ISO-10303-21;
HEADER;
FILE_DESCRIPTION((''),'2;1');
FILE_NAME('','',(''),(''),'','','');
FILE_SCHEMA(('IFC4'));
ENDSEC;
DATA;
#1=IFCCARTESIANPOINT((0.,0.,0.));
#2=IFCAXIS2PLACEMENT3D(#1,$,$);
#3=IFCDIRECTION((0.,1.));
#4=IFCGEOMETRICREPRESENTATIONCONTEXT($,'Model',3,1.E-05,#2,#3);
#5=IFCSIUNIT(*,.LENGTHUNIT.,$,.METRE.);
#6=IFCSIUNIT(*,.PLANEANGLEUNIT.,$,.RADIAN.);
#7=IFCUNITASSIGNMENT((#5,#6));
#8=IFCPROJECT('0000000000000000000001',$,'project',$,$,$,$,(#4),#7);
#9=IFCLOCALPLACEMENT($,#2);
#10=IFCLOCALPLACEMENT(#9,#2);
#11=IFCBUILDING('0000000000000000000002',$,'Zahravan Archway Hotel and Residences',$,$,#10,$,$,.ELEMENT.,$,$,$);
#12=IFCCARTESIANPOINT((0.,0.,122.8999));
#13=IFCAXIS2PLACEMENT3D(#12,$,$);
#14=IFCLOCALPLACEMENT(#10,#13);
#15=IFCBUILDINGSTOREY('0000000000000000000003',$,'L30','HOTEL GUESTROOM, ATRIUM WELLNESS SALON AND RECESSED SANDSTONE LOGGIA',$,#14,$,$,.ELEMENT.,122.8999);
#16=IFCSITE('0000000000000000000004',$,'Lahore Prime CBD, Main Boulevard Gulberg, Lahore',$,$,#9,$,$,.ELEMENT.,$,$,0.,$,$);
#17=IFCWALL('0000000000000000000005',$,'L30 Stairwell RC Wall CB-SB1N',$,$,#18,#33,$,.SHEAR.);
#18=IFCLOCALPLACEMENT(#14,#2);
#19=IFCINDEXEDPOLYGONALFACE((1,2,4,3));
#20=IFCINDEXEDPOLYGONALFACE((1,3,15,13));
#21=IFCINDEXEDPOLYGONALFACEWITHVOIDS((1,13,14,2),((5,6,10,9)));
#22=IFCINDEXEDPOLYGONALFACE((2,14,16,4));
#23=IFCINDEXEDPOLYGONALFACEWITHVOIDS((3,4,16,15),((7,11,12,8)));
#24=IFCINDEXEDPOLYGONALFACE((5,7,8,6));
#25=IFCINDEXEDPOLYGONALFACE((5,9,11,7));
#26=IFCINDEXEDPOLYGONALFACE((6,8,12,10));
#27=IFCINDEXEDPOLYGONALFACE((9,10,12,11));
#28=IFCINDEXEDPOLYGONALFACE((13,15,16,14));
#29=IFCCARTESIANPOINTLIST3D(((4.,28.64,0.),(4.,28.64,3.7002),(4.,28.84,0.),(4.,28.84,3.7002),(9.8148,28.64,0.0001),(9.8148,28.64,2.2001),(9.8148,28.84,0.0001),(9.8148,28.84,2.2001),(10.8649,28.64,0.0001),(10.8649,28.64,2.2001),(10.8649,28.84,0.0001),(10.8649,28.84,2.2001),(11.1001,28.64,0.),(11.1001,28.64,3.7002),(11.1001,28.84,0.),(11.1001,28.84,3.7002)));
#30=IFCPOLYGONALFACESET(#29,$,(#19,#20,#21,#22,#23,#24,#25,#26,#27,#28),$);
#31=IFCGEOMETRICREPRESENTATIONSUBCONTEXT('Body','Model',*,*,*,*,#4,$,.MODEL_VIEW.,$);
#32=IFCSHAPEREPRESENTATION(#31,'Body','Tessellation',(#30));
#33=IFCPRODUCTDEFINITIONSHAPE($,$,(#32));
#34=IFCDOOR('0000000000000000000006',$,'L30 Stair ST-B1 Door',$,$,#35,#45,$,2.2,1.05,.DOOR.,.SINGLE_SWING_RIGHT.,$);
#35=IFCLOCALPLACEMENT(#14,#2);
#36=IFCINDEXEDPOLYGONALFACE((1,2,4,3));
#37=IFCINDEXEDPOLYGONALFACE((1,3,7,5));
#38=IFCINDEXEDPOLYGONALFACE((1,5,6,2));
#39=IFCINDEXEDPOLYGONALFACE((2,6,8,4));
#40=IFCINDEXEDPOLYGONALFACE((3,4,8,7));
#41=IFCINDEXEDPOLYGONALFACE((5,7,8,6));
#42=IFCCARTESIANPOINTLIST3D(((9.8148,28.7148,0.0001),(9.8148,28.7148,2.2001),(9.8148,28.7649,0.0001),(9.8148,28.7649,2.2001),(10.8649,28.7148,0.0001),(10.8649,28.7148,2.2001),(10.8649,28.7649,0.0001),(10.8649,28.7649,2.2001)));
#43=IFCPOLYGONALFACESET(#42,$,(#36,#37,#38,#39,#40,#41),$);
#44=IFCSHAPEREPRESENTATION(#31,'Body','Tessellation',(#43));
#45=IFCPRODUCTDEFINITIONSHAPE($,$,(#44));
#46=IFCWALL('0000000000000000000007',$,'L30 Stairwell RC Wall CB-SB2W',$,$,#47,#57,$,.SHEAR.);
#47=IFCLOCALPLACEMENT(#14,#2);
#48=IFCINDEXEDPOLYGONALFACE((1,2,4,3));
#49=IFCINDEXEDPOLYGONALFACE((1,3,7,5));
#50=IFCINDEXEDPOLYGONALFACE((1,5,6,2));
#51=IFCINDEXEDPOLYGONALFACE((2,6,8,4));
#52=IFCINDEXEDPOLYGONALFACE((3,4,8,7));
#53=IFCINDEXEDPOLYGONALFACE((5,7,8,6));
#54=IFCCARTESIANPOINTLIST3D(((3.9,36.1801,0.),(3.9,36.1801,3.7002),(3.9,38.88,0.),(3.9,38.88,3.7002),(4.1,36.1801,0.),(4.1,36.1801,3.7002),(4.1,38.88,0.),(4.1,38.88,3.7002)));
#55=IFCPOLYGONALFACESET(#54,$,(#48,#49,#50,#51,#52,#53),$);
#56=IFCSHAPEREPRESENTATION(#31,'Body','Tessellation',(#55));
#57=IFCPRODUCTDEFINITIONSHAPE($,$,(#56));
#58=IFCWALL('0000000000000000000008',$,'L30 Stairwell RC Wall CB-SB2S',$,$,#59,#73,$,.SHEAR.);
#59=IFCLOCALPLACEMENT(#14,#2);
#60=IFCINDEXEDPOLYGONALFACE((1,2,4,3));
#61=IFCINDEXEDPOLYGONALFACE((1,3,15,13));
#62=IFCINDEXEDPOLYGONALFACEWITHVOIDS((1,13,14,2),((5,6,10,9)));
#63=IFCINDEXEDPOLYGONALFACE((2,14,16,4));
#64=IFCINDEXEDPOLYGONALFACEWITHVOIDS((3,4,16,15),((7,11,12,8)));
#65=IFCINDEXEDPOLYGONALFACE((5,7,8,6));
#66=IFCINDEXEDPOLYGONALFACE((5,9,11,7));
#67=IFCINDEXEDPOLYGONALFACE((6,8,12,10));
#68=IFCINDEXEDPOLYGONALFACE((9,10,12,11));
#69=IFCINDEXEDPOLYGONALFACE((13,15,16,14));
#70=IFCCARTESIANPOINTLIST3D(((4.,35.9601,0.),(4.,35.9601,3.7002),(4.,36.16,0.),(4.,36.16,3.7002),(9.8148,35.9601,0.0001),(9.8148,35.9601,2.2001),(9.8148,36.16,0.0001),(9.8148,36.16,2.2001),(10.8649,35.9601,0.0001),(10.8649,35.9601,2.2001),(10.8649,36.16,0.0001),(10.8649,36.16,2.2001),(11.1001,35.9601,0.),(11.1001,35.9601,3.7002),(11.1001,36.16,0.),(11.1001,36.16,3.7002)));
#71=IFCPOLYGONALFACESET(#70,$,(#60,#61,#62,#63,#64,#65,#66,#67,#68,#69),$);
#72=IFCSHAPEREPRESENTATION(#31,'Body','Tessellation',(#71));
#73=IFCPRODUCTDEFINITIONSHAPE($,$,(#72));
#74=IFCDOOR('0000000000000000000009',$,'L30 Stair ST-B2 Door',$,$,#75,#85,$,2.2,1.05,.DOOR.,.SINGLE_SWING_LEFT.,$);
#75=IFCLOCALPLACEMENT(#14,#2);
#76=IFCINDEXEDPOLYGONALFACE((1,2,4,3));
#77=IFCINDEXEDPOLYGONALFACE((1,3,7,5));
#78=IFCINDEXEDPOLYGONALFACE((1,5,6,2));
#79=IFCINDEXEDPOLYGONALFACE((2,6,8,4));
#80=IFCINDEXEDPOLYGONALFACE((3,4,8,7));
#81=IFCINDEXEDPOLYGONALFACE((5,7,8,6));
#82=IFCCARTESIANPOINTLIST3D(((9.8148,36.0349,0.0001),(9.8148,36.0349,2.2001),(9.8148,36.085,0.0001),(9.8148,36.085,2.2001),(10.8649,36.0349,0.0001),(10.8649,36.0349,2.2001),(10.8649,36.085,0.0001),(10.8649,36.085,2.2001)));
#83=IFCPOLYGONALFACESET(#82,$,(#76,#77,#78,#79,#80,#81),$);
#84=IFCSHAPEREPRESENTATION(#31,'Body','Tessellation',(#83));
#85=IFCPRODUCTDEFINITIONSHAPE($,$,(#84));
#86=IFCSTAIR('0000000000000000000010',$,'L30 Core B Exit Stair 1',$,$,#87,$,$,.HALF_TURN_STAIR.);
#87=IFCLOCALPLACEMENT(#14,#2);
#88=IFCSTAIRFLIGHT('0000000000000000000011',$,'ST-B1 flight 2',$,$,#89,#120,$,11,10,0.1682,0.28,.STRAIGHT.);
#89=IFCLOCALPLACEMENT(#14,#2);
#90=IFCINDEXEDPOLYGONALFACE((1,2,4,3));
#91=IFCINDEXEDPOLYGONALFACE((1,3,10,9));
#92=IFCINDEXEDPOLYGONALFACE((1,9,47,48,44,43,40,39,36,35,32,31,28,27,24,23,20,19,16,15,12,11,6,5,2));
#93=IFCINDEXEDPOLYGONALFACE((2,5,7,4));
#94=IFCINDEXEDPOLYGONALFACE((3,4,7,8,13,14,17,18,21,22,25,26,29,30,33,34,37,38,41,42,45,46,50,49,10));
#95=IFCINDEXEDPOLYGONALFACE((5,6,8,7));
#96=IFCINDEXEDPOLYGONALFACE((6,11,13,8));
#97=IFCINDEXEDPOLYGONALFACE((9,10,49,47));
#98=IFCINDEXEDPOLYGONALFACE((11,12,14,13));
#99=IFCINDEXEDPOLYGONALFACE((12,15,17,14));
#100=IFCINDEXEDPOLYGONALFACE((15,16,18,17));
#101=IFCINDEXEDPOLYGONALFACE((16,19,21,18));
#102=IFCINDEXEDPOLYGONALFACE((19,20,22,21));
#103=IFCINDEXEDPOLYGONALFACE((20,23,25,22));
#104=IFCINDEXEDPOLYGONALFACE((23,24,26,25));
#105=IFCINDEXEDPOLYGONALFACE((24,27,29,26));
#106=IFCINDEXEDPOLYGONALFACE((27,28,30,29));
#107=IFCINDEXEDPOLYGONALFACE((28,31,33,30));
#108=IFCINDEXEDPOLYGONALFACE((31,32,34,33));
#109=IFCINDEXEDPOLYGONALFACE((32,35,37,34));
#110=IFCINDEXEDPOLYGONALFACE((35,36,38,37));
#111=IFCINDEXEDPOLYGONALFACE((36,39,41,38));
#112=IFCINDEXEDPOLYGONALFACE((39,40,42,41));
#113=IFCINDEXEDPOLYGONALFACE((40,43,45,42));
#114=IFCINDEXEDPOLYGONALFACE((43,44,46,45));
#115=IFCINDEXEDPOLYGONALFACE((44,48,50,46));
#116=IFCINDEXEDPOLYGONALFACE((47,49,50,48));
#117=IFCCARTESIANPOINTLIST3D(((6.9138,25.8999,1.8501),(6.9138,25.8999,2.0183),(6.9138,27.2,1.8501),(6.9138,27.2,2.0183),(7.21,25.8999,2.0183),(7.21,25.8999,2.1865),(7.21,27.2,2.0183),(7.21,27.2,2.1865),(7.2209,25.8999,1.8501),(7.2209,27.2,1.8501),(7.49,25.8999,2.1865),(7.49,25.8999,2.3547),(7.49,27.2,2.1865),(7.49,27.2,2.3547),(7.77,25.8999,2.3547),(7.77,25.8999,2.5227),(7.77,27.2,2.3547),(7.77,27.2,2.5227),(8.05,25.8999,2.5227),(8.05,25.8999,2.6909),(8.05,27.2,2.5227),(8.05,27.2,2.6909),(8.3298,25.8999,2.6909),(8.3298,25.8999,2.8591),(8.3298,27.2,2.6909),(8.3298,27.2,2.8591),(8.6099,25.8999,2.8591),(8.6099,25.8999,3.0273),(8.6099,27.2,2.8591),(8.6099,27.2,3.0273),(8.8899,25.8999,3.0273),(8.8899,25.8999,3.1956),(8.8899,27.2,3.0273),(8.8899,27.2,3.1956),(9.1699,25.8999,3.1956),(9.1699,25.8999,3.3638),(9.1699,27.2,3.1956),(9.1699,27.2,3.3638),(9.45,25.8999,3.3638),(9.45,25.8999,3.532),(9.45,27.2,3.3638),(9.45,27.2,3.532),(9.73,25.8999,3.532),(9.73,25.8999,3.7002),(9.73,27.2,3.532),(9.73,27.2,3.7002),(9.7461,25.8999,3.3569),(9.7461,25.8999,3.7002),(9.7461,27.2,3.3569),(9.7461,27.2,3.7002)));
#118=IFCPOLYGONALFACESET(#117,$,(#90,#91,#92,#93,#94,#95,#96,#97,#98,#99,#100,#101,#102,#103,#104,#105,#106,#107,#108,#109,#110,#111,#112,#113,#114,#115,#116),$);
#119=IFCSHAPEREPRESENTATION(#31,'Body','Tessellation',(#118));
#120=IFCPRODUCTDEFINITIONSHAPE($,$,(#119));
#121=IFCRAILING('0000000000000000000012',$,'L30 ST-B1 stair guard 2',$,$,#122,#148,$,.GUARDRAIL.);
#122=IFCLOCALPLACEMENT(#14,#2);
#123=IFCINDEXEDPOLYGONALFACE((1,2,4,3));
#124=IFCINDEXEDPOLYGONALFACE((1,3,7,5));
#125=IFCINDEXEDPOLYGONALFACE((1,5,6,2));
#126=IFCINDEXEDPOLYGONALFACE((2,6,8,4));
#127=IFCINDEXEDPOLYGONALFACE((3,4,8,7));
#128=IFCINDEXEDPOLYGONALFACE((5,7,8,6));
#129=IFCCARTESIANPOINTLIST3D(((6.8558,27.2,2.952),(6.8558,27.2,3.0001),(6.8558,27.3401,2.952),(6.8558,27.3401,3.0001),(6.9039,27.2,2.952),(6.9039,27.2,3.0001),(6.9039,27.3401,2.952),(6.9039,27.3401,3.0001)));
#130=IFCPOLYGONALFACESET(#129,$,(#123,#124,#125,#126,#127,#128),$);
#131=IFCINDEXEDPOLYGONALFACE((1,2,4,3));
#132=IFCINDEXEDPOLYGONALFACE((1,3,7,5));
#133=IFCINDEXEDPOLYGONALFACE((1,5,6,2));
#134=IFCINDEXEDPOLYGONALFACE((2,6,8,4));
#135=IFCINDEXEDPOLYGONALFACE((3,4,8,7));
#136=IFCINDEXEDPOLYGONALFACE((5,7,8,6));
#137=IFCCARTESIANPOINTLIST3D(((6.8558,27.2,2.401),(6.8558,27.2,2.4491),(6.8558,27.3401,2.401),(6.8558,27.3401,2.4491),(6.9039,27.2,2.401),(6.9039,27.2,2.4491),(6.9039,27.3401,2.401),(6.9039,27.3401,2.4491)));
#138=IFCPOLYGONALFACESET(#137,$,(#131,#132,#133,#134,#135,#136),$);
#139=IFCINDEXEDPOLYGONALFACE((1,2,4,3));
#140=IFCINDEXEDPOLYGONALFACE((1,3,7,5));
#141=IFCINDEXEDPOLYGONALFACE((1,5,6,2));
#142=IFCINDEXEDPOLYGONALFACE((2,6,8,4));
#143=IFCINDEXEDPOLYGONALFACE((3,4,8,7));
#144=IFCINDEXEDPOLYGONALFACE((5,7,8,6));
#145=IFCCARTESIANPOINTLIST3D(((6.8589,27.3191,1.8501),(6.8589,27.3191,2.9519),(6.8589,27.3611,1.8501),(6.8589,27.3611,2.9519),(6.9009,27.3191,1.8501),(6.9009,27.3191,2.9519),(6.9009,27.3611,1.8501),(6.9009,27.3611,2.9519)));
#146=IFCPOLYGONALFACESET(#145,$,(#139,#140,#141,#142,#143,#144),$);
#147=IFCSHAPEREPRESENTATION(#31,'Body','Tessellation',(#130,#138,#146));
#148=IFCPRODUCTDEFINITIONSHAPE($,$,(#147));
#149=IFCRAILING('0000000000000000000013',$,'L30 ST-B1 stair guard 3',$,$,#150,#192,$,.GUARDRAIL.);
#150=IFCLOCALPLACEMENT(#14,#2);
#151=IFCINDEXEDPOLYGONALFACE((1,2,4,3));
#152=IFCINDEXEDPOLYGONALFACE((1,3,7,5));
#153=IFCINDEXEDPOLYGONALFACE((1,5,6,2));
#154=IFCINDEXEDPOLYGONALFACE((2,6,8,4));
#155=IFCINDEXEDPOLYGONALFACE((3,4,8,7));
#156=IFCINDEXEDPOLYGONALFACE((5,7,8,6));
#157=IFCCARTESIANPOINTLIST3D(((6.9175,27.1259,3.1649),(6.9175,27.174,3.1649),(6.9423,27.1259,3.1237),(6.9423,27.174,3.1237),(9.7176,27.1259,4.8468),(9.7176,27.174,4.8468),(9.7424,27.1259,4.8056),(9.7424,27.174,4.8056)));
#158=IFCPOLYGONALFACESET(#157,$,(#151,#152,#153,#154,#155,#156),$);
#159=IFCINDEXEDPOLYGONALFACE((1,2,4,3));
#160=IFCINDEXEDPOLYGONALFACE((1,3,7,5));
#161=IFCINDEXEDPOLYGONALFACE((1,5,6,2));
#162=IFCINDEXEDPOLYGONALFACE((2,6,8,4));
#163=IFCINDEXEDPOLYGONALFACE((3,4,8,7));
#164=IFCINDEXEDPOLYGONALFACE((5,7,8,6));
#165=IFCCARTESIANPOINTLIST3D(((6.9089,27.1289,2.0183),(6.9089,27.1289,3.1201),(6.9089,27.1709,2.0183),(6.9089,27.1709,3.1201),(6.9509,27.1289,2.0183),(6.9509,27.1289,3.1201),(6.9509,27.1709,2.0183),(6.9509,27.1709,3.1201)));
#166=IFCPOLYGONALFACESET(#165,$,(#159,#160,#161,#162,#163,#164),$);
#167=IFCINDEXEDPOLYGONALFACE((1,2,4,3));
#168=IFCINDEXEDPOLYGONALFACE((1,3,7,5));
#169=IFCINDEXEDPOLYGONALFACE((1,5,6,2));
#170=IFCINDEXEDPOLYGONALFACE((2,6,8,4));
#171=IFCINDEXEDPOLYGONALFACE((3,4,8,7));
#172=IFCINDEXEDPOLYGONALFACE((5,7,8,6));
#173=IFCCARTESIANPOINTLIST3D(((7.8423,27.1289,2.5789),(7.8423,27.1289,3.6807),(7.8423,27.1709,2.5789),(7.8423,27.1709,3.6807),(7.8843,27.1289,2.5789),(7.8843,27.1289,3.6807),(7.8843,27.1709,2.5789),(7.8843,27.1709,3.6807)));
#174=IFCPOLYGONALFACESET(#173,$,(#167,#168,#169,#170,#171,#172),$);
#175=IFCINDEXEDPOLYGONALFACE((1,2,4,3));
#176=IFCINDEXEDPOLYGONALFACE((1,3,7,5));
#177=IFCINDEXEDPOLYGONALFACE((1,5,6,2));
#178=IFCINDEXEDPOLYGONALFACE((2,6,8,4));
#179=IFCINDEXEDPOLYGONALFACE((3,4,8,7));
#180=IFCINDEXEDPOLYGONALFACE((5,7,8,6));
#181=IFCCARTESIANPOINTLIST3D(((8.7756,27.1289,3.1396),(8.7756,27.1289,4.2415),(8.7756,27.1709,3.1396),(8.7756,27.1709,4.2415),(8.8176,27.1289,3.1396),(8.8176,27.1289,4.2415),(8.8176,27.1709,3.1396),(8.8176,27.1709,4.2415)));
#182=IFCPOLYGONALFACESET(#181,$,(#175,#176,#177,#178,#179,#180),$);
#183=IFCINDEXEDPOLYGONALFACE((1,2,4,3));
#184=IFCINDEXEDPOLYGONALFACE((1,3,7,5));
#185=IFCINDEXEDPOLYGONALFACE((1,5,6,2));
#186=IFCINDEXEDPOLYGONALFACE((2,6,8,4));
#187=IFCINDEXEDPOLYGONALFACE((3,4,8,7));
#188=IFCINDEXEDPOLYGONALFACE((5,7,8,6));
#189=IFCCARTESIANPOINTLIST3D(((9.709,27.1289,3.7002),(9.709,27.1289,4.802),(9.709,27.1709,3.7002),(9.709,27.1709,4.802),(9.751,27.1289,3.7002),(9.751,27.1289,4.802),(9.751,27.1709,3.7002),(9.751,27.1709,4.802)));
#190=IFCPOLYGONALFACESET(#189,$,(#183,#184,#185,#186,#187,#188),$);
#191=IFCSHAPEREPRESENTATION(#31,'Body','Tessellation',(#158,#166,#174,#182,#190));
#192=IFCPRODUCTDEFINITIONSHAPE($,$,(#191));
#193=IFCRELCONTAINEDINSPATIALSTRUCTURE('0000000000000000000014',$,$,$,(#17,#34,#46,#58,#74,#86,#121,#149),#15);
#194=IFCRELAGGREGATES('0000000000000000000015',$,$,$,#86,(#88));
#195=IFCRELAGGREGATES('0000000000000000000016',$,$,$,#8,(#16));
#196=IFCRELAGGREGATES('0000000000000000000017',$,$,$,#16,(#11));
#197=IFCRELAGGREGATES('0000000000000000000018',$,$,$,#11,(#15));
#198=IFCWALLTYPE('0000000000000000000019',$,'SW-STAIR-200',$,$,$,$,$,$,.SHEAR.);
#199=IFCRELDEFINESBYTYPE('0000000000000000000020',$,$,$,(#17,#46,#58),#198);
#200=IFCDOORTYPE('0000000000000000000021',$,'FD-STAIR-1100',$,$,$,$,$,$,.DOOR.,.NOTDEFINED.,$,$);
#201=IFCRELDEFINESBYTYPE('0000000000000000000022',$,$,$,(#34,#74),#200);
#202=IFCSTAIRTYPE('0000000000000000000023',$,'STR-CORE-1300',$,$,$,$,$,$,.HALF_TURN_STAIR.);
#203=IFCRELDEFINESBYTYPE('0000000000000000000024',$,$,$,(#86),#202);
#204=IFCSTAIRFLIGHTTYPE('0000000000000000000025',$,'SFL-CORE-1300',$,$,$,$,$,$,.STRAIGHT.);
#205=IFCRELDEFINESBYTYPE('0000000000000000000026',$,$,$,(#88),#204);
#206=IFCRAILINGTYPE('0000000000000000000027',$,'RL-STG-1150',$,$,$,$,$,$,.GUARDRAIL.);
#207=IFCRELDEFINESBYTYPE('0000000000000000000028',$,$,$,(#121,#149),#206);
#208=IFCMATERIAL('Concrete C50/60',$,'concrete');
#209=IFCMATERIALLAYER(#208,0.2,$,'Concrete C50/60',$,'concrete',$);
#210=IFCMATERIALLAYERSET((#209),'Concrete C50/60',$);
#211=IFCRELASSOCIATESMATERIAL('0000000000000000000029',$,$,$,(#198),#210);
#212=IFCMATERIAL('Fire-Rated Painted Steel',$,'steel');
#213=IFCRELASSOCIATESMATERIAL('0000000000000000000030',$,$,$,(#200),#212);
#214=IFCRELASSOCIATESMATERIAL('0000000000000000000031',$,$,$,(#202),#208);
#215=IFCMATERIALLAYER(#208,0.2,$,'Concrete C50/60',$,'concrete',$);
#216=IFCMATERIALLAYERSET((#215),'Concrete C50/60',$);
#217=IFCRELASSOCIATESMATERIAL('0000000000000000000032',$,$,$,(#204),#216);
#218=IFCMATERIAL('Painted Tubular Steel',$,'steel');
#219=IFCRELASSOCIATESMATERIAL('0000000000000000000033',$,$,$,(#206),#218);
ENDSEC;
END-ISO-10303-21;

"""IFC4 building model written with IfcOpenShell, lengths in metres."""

from ifc_helpers import new_model, si_unit, direction, frame, frame_2d, origin, origin_2d, place, context, subcontext, project, spatial, polyline, rectangle, outline, extrude, source, transform, mapped, material, layer, layer_set, type_object, type_shapes, element, fill, aggregate, save


model = new_model("IFC4")

# Units and contexts
model_context = context("Model", 3, precision=1e-05, world=origin(), true_north=direction((0.0, 1.0)))
body_context = subcontext(model_context, "Body", "Model", "MODEL_VIEW")
ifc_project = project(units=[si_unit("LENGTHUNIT", "METRE"), si_unit("PLANEANGLEUNIT", "RADIAN")], contexts=[model_context])

# Site, building, storey
site_placement = place(None, origin())
site = spatial("IfcSite", under=ifc_project, at=site_placement, Name="Lahore Prime CBD, Main Boulevard Gulberg, Lahore", CompositionType="ELEMENT", RefElevation=0.0)
building_placement = place(site_placement, origin())
building = spatial("IfcBuilding", under=site, at=building_placement, Name="Zahravan Archway Hotel and Residences", CompositionType="ELEMENT")
storey_placement = place(building_placement, frame((0.0, 0.0, 122.8999)))
storey = spatial("IfcBuildingStorey", under=building, at=storey_placement, Name="L30", Description="HOTEL GUESTROOM, ATRIUM WELLNESS SALON AND RECESSED SANDSTONE LOGGIA", CompositionType="ELEMENT", Elevation=122.8999)

# Shared definitions
ifc_material_1 = material(Name="Fire-Rated Painted Steel", Category="steel")

# Shared definitions
ifc_material_2 = material(Name="Concrete C50/60", Category="concrete")
ifc_layer_1 = layer(ifc_material_2, 0.2, Name="Concrete C50/60", Category="concrete")
ifc_layer_set_1 = layer_set([ifc_layer_1], Name="Concrete C50/60")
wall_type_1 = type_object("IfcWallType", Name="SW-STAIR-200", PredefinedType="SHEAR", material=ifc_layer_set_1)

# Wall, opening, door
wall_1_placement = place(storey_placement, frame((4.0, 28.74, 0.0), z_axis=(0.0, 0.0, 1.0), x_axis=(1.0, 0.0, 0.0)))
wall_1 = element("IfcWall", 1, at=wall_1_placement, inside=storey, type_object=wall_type_1, Name="L30 Stairwell RC Wall CB-SB1N", PredefinedType="SHEAR", context=body_context, shape_type="SweptSolid", body=[
    extrude(rectangle(XDim=7.1001, YDim=0.2, at=frame_2d((3.55, 0.0))), origin(), (0.0, 0.0, 1.0), 3.7002),
])
opening_1_placement = place(wall_1_placement, frame((5.8149, 0.0, 0.0)))
opening_1 = element("IfcOpeningElement", 2, at=opening_1_placement, cuts=wall_1, PredefinedType="OPENING", context=body_context, shape_type="SweptSolid", body=[
    extrude(rectangle(XDim=1.05, YDim=2.2, at=frame_2d((0.5249, 1.1001))), frame((0.0, 0.1099, 0.0), z_axis=(0.0, -1.0, 0.0), x_axis=(1.0, 0.0, 0.0)), (0.0, 0.0, 1.0), 0.22),
])
door_type_1 = type_object("IfcDoorType", Name="FD-STAIR-1100", OperationType="NOTDEFINED", PredefinedType="DOOR", material=ifc_material_1)
shared_shape_1 = source(origin(), body_context, "Body", "SweptSolid", [
    extrude(rectangle(XDim=1.05, YDim=2.2, at=frame_2d((0.5249, 1.1001))), frame((0.0, 0.0249, 0.0), z_axis=(0.0, -1.0, 0.0), x_axis=(1.0, 0.0, 0.0)), (0.0, 0.0, 1.0), 0.05),
])
type_shapes(door_type_1, [shared_shape_1])
door_1_placement = place(opening_1_placement, origin())
door_1 = element("IfcDoor", 3, at=door_1_placement, inside=storey, type_object=door_type_1, Name="L30 Stair ST-B1 Door", OperationType="SINGLE_SWING_RIGHT", OverallHeight=2.2, OverallWidth=1.05, PredefinedType="DOOR", context=body_context, shape_type="MappedRepresentation", body=[
    mapped(shared_shape_1, transform((0.0, 0.0, 0.0), scale=1.0)),
])
fill(opening_1, door_1)

# Wall
wall_2_placement = place(storey_placement, frame((4.0, 36.1799, 0.0), z_axis=(0.0, 0.0, 1.0), x_axis=(0.0, 1.0, 0.0)))
element("IfcWall", 4, at=wall_2_placement, inside=storey, type_object=wall_type_1, Name="L30 Stairwell RC Wall CB-SB2W", PredefinedType="SHEAR", context=body_context, shape_type="SweptSolid", body=[
    extrude(rectangle(XDim=2.7, YDim=0.2, at=frame_2d((1.3501, 0.0))), origin(), (0.0, 0.0, 1.0), 3.7002),
])

# Wall, opening, door
wall_3_placement = place(storey_placement, frame((4.0, 36.0601, 0.0), z_axis=(0.0, 0.0, 1.0), x_axis=(1.0, 0.0, 0.0)))
wall_3 = element("IfcWall", 5, at=wall_3_placement, inside=storey, type_object=wall_type_1, Name="L30 Stairwell RC Wall CB-SB2S", PredefinedType="SHEAR", context=body_context, shape_type="SweptSolid", body=[
    extrude(rectangle(XDim=7.1001, YDim=0.2, at=frame_2d((3.55, 0.0))), origin(), (0.0, 0.0, 1.0), 3.7002),
])
opening_2_placement = place(wall_3_placement, frame((5.8149, 0.0, 0.0)))
opening_2 = element("IfcOpeningElement", 6, at=opening_2_placement, cuts=wall_3, PredefinedType="OPENING", context=body_context, shape_type="SweptSolid", body=[
    extrude(rectangle(XDim=1.05, YDim=2.2, at=frame_2d((0.5249, 1.1001))), frame((0.0, 0.1099, 0.0), z_axis=(0.0, -1.0, 0.0), x_axis=(1.0, 0.0, 0.0)), (0.0, 0.0, 1.0), 0.22),
])
door_2_placement = place(opening_2_placement, origin())
door_2 = element("IfcDoor", 7, at=door_2_placement, inside=storey, type_object=door_type_1, Name="L30 Stair ST-B2 Door", OperationType="SINGLE_SWING_LEFT", OverallHeight=2.2, OverallWidth=1.05, PredefinedType="DOOR", context=body_context, shape_type="MappedRepresentation", body=[
    mapped(shared_shape_1, transform((0.0, 0.0, 0.0), scale=1.0)),
])
fill(opening_2, door_2)

# Stair, stair flight
stair_type = type_object("IfcStairType", Name="STR-CORE-1300", PredefinedType="HALF_TURN_STAIR", material=ifc_material_2)
stair_placement = place(storey_placement, origin())
stair = element("IfcStair", 8, at=stair_placement, inside=storey, type_object=stair_type, Name="L30 Core B Exit Stair 1", PredefinedType="HALF_TURN_STAIR")
ifc_layer_2 = layer(ifc_material_2, 0.2, Name="Concrete C50/60", Category="concrete")
ifc_layer_set_2 = layer_set([ifc_layer_2], Name="Concrete C50/60")
stair_flight_type = type_object("IfcStairFlightType", Name="SFL-CORE-1300", PredefinedType="STRAIGHT", material=ifc_layer_set_2)
shared_shape_2 = source(origin(), body_context, "Body", "SweptSolid", [
    extrude(outline(polyline([(-0.0161, 0.0), (-0.0161, 0.1682), (0.28, 0.1682), (0.28, 0.3364), (0.5601, 0.3364), (0.5601, 0.5046), (0.8401, 0.5046), (0.8401, 0.6726), (1.1201, 0.6726), (1.1201, 0.8408), (1.3999, 0.8408), (1.3999, 1.009), (1.6799, 1.009), (1.6799, 1.1772), (1.96, 1.1772), (1.96, 1.3455), (2.24, 1.3455), (2.24, 1.5137), (2.52, 1.5137), (2.52, 1.6819), (2.8, 1.6819), (2.8, 1.8501), (2.8162, 1.8501), (2.8162, 1.5068), (0.291, 0.0), (-0.0161, 0.0)])), frame((0.0, 0.6499, 0.0), z_axis=(0.0, -1.0, 0.0), x_axis=(1.0, 0.0, 0.0)), (0.0, 0.0, 1.0), 1.3),
])
stair_flight_placement = place(storey_placement, frame((6.9299, 26.55, 1.8501), z_axis=(0.0, 0.0, 1.0), x_axis=(1.0, 0.0, 0.0)))
stair_flight = element("IfcStairFlight", 9, at=stair_flight_placement, type_object=stair_flight_type, Name="ST-B1 flight 2", NumberOfRisers=11, NumberOfTreads=10, PredefinedType="STRAIGHT", RiserHeight=0.1682, TreadLength=0.28, context=body_context, shape_type="MappedRepresentation", body=[
    mapped(shared_shape_2, transform((0.0, 0.0, 0.0), scale=1.0)),
])
aggregate(stair, [stair_flight])

# Railings
ifc_material_3 = material(Name="Painted Tubular Steel", Category="steel")
railing_type_1 = type_object("IfcRailingType", Name="RL-STG-1150", PredefinedType="GUARDRAIL", material=ifc_material_3)
railing_1_placement = place(storey_placement, frame((6.8799, 27.3401, 1.8501)))
element("IfcRailing", 10, at=railing_1_placement, inside=storey, type_object=railing_type_1, Name="L30 ST-B1 stair guard 2", PredefinedType="GUARDRAIL", context=body_context, shape_type="SweptSolid", body=[
    extrude(rectangle(XDim=0.0481, YDim=0.0481, at=origin_2d()), frame((0.0, 0.0, 1.126), z_axis=(0.0, -1.0, 0.0), x_axis=(1.0, 0.0, 0.0)), (0.0, 0.0, 1.0), 0.1401),
    extrude(rectangle(XDim=0.0481, YDim=0.0481, at=origin_2d()), frame((0.0, 0.0, 0.575), z_axis=(0.0, -1.0, 0.0), x_axis=(1.0, 0.0, 0.0)), (0.0, 0.0, 1.0), 0.1401),
    extrude(rectangle(XDim=0.042, YDim=0.042, at=origin_2d()), origin(), (0.0, 0.0, 1.0), 1.1018),
])
railing_2_placement = place(storey_placement, frame((6.9299, 27.1499, 2.0183)))
element("IfcRailing", 11, at=railing_2_placement, inside=storey, type_object=railing_type_1, Name="L30 ST-B1 stair guard 3", PredefinedType="GUARDRAIL", context=body_context, shape_type="SweptSolid", body=[
    extrude(rectangle(XDim=0.0481, YDim=0.0481, at=origin_2d()), frame((0.0, 0.0, 1.126), z_axis=(0.857242, 0.0, 0.514913), x_axis=(0.0, 1.0, 0.0)), (0.0, 0.0, 1.0), 3.2664),
    extrude(rectangle(XDim=0.042, YDim=0.042, at=origin_2d()), origin(), (0.0, 0.0, 1.0), 1.1018),
    extrude(rectangle(XDim=0.042, YDim=0.042, at=origin_2d()), frame((0.9333, 0.0, 0.5605)), (0.0, 0.0, 1.0), 1.1018),
    extrude(rectangle(XDim=0.042, YDim=0.042, at=origin_2d()), frame((1.8667, 0.0, 1.1213)), (0.0, 0.0, 1.0), 1.1018),
    extrude(rectangle(XDim=0.042, YDim=0.042, at=origin_2d()), frame((2.8, 0.0, 1.6819)), (0.0, 0.0, 1.0), 1.1018),
])

save(model, "model.ifc")
